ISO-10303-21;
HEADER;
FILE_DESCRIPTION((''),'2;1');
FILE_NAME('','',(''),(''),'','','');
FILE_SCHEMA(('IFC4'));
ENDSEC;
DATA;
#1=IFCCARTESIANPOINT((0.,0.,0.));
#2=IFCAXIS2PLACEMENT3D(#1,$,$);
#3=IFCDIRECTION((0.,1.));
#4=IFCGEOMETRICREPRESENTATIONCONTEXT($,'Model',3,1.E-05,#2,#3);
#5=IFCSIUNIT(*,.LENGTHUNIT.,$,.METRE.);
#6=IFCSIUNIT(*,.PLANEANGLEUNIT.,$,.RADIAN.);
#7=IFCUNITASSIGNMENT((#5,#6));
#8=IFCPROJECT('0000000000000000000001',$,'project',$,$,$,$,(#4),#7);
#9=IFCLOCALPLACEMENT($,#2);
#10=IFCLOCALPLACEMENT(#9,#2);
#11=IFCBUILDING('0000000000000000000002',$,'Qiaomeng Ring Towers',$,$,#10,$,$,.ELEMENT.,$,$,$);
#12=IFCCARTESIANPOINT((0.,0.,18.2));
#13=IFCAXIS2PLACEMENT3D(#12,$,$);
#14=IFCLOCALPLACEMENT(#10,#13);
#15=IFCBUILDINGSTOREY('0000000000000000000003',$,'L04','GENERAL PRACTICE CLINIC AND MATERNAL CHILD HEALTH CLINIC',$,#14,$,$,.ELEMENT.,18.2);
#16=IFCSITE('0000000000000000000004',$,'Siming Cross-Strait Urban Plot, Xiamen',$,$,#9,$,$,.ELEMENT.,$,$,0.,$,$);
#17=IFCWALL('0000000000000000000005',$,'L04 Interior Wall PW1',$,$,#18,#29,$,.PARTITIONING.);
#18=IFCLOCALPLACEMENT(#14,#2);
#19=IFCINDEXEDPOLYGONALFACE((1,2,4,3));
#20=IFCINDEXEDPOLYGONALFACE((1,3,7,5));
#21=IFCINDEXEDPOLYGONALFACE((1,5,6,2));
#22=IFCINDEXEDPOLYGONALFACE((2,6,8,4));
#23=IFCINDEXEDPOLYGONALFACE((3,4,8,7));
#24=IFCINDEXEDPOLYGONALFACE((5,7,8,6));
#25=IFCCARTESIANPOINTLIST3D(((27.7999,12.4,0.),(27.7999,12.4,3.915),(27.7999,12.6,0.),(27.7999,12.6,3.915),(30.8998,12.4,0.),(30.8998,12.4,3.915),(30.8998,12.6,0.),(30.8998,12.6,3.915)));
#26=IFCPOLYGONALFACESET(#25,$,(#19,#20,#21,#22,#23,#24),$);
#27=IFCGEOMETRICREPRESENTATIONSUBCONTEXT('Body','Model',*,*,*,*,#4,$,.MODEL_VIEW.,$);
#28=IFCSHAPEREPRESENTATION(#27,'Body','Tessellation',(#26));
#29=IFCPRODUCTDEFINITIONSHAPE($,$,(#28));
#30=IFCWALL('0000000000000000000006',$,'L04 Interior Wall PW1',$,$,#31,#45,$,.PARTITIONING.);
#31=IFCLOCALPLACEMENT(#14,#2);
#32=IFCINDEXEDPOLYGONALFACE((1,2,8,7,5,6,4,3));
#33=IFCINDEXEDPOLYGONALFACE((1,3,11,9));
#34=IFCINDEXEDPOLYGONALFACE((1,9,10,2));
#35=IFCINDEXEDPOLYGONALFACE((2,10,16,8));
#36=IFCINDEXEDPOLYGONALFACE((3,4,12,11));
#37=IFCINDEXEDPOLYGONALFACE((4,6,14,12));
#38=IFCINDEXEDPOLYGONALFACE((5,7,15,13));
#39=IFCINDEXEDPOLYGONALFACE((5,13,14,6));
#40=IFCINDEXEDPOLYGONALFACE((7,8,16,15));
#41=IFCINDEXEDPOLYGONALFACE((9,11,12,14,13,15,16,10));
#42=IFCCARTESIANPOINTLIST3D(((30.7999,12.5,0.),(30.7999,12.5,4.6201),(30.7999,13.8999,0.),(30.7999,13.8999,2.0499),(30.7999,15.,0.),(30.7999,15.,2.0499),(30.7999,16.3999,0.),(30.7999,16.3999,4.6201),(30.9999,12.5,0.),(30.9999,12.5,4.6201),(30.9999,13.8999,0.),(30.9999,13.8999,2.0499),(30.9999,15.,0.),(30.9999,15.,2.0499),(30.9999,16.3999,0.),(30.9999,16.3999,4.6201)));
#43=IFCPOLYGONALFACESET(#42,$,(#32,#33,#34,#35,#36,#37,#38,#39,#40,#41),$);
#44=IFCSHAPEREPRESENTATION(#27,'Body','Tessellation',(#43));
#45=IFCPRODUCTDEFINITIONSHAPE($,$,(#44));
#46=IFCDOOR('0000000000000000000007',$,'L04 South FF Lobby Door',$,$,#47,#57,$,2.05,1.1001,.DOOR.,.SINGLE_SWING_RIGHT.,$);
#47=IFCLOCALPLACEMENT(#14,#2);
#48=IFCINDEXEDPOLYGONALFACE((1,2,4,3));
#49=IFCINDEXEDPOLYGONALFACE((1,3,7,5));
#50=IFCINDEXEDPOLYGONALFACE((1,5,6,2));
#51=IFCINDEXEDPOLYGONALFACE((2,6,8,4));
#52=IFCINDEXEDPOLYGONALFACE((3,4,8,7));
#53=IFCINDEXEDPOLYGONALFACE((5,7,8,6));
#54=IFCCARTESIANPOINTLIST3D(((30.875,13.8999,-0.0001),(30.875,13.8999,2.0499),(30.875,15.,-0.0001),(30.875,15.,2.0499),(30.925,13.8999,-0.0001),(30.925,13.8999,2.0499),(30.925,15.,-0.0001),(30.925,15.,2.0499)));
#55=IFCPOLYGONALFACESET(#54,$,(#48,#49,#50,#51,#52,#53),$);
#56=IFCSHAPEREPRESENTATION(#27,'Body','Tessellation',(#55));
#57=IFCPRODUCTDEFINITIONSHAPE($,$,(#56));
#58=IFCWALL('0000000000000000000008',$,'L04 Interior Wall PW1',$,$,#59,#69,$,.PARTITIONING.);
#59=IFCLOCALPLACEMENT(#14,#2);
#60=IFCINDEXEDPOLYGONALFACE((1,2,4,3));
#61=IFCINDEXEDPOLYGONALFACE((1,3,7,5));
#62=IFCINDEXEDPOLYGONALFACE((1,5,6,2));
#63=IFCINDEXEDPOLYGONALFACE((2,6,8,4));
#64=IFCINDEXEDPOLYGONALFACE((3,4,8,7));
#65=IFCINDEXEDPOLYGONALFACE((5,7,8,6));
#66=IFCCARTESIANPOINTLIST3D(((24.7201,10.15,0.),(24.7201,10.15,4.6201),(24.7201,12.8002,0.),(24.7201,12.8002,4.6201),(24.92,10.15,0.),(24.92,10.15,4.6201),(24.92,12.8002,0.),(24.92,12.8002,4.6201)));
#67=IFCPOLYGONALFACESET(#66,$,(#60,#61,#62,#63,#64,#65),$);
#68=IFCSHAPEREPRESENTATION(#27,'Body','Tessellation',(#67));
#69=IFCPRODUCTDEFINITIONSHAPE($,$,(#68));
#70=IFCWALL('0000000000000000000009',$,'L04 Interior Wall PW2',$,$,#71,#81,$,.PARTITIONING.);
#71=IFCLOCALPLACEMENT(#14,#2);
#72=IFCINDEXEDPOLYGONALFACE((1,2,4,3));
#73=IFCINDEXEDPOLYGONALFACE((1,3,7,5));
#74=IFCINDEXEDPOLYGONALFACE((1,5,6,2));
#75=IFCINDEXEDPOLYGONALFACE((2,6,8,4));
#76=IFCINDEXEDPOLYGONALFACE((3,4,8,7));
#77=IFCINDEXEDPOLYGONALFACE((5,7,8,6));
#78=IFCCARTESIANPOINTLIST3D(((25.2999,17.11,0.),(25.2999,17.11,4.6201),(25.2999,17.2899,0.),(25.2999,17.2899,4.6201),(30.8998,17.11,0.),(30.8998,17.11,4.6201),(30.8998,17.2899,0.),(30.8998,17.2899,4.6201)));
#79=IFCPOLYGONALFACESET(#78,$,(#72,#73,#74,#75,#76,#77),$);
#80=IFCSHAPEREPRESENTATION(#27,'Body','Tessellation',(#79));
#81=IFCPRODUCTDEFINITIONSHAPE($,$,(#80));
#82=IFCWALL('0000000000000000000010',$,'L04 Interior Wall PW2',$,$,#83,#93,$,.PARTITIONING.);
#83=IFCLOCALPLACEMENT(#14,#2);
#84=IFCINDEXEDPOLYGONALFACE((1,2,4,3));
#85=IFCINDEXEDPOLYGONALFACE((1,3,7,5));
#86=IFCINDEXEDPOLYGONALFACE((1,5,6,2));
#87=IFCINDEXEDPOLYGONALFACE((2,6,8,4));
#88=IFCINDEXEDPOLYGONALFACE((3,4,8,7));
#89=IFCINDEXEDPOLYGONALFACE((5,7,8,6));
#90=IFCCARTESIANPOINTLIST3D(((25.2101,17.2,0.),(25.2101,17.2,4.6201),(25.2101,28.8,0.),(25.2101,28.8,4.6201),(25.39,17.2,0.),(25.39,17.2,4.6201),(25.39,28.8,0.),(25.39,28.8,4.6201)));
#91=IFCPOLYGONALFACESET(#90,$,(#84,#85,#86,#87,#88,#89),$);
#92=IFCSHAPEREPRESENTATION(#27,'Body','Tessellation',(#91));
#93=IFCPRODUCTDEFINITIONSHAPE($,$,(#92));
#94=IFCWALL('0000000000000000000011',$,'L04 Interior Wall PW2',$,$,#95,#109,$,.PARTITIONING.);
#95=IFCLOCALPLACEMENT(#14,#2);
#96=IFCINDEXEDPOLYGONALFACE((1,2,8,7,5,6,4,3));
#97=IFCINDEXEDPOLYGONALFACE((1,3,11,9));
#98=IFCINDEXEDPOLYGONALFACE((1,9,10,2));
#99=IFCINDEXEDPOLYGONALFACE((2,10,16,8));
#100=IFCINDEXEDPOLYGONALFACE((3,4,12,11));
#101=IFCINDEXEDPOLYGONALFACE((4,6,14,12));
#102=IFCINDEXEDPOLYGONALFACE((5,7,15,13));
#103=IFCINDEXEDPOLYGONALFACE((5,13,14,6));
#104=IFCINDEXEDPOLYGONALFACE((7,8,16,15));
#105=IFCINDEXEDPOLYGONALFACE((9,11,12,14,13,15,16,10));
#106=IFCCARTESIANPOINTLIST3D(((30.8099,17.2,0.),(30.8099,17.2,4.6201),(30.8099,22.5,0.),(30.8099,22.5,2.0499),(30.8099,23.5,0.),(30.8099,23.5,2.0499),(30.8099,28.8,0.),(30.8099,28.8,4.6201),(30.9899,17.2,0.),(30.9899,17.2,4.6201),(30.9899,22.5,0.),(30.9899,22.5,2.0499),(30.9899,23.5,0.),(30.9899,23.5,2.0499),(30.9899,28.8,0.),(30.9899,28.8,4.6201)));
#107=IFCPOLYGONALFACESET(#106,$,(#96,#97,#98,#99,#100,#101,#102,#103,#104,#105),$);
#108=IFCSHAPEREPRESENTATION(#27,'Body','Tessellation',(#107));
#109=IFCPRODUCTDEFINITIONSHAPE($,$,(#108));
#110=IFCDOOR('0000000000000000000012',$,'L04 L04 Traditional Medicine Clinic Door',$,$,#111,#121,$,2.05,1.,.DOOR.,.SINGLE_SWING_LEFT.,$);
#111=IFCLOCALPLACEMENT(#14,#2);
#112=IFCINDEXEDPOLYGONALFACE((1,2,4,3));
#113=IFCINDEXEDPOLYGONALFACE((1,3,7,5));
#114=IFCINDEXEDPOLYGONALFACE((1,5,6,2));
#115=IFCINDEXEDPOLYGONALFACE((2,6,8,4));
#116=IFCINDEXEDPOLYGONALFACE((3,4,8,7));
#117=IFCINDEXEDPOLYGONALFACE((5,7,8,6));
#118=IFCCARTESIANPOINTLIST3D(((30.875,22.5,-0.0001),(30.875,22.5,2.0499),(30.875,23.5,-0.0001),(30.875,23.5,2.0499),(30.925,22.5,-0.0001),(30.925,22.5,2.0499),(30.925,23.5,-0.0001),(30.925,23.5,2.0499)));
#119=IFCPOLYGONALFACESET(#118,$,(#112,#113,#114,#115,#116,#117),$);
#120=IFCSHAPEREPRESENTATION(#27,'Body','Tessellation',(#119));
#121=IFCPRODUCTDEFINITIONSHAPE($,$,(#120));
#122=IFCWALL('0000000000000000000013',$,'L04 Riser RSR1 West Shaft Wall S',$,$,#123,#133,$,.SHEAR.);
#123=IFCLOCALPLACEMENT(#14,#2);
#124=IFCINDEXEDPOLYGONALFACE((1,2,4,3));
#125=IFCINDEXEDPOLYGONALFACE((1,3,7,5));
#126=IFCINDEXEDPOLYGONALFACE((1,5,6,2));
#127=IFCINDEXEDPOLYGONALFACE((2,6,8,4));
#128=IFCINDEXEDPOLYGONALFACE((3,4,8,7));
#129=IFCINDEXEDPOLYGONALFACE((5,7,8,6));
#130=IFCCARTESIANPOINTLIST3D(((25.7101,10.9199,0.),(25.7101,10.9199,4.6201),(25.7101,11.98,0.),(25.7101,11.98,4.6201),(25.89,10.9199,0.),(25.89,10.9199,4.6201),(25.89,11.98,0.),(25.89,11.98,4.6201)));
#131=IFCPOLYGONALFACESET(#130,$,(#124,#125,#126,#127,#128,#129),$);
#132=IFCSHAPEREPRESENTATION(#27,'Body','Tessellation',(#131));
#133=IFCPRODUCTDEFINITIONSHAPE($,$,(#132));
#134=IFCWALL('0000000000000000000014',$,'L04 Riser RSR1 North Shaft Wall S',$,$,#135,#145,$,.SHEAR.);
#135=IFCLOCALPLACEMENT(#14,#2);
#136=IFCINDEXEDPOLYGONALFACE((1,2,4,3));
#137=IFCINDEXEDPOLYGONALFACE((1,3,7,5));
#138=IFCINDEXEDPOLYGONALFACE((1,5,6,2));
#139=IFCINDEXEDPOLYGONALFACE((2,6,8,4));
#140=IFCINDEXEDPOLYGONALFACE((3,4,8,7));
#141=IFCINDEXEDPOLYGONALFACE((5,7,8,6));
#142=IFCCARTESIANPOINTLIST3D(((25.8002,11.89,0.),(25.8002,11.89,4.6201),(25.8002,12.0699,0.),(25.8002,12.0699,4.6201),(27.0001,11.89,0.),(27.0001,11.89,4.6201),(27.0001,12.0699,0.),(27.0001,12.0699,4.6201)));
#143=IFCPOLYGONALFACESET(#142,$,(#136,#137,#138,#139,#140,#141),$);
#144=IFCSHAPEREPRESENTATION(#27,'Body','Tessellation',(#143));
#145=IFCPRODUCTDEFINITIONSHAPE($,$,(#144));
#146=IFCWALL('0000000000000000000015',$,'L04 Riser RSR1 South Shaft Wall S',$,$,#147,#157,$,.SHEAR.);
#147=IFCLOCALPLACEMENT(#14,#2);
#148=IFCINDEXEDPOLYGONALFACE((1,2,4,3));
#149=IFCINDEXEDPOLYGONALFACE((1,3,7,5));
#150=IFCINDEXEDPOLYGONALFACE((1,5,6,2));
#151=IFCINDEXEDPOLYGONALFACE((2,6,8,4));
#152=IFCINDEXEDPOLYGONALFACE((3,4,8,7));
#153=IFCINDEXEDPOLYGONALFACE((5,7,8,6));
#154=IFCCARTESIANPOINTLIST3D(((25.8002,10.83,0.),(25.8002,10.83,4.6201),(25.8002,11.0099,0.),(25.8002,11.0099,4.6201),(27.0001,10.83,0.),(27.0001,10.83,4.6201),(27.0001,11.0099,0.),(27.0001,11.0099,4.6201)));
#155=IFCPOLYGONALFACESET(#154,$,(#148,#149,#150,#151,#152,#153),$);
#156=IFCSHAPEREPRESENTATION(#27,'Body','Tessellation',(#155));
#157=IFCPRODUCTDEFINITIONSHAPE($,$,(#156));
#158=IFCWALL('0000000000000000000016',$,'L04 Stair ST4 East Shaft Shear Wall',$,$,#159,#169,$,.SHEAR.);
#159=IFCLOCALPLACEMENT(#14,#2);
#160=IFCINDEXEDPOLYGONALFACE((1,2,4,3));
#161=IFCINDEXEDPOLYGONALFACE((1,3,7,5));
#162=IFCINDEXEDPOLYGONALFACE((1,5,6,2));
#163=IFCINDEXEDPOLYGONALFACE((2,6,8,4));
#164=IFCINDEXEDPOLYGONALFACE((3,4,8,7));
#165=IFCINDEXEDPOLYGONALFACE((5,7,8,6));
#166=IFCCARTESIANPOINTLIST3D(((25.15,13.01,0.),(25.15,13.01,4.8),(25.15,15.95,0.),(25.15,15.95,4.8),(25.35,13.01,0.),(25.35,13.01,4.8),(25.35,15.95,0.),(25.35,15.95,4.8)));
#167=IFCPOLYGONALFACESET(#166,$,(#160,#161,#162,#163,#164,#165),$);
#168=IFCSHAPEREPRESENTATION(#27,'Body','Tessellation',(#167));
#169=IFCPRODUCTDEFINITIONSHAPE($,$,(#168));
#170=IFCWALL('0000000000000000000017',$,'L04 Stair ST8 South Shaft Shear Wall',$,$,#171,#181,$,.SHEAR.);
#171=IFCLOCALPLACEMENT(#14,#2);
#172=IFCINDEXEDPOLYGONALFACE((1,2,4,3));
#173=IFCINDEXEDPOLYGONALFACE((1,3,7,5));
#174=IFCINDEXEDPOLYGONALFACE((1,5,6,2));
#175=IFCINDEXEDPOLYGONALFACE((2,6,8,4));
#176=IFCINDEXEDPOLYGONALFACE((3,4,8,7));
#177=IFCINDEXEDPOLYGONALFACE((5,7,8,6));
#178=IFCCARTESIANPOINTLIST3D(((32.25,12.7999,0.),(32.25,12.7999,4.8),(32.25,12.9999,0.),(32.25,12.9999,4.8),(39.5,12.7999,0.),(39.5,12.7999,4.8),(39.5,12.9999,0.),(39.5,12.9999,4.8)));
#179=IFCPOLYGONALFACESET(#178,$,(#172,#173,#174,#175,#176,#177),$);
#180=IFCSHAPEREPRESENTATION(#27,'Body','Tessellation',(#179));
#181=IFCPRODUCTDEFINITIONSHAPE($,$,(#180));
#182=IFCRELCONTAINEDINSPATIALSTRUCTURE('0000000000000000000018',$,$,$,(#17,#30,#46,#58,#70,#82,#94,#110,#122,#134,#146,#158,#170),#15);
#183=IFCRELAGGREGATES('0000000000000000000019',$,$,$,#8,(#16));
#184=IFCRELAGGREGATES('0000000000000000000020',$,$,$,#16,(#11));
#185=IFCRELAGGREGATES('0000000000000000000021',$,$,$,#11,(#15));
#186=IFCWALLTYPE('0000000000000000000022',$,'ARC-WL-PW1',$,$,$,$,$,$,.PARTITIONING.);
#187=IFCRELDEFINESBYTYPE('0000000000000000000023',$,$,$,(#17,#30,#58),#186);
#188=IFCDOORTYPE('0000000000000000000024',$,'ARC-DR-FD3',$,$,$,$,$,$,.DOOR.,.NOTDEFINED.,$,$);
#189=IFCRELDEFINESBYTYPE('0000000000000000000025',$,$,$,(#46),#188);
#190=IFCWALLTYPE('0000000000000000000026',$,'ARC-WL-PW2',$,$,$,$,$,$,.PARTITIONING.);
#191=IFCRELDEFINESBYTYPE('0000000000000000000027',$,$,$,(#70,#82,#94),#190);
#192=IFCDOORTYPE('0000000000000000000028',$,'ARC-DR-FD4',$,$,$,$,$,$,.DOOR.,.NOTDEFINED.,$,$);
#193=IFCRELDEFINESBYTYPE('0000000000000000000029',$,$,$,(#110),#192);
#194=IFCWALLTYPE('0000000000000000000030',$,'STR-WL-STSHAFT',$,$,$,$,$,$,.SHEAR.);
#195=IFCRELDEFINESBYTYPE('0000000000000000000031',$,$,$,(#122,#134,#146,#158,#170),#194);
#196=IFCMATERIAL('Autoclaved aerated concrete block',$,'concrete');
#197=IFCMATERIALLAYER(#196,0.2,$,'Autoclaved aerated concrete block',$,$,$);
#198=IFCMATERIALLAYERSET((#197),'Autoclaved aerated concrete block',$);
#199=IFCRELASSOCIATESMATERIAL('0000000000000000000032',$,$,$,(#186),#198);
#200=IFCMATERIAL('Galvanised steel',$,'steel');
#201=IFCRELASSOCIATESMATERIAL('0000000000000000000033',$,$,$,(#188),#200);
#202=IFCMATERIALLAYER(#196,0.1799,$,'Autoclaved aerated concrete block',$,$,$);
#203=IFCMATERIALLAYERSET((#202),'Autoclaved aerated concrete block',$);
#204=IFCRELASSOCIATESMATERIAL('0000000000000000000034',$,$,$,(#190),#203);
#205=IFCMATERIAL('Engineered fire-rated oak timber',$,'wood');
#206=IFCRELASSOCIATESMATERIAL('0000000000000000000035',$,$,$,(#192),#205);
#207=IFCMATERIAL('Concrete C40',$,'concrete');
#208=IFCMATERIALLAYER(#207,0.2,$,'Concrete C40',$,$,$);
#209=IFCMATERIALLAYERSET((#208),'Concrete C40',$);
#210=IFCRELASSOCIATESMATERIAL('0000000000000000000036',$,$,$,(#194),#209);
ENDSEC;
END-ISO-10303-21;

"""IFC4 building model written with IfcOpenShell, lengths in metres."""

from ifc_helpers import new_model, si_unit, direction, frame, frame_2d, origin, place, context, subcontext, project, spatial, rectangle, extrude, source, transform, mapped, material, layer, layer_set, type_object, element, fill, save


model = new_model("IFC4")

# Units and contexts
model_context = context("Model", 3, precision=1e-05, world=origin(), true_north=direction((0.0, 1.0)))
body_context = subcontext(model_context, "Body", "Model", "MODEL_VIEW")
ifc_project = project(units=[si_unit("LENGTHUNIT", "METRE"), si_unit("PLANEANGLEUNIT", "RADIAN")], contexts=[model_context])

# Site, building, storey
site_placement = place(None, origin())
site = spatial("IfcSite", under=ifc_project, at=site_placement, Name="Siming Cross-Strait Urban Plot, Xiamen", CompositionType="ELEMENT", RefElevation=0.0)
building_placement = place(site_placement, origin())
building = spatial("IfcBuilding", under=site, at=building_placement, Name="Qiaomeng Ring Towers", CompositionType="ELEMENT")
storey_placement = place(building_placement, frame((0.0, 0.0, 18.2)))
storey = spatial("IfcBuildingStorey", under=building, at=storey_placement, Name="L04", Description="GENERAL PRACTICE CLINIC AND MATERNAL CHILD HEALTH CLINIC", CompositionType="ELEMENT", Elevation=18.2)

# Shared definitions
ifc_material_1 = material(Name="Concrete C40", Category="concrete")

# Wall
ifc_material_2 = material(Name="Autoclaved aerated concrete block", Category="concrete")
ifc_layer_1 = layer(ifc_material_2, 0.2, Name="Autoclaved aerated concrete block")
ifc_layer_set_1 = layer_set([ifc_layer_1], Name="Autoclaved aerated concrete block")
wall_type_1 = type_object("IfcWallType", Name="ARC-WL-PW1", PredefinedType="PARTITIONING", material=ifc_layer_set_1)
for number, where, z_axis, x_axis, name in (
    (1, (27.8, 12.5, 0.0), (0.0, 0.0, 1.0), (1.0, 0.0, 0.0), "L04 Interior Wall PW1"),
):
    element("IfcWall", number, at=place(storey_placement, frame(where, z_axis=z_axis, x_axis=x_axis)), inside=storey, type_object=wall_type_1, Name=name, PredefinedType="PARTITIONING", context=body_context, shape_type="SweptSolid", body=[
        extrude(rectangle(XDim=3.0999, YDim=0.2, at=frame_2d((1.5498, 0.0))), origin(), (0.0, 0.0, 1.0), 3.915),
    ])

# Wall, opening, door
wall_1_placement = place(storey_placement, frame((30.8999, 12.5, 0.0), z_axis=(0.0, 0.0, 1.0), x_axis=(0.0, 1.0, 0.0)))
wall_1 = element("IfcWall", 2, at=wall_1_placement, inside=storey, type_object=wall_type_1, Name="L04 Interior Wall PW1", PredefinedType="PARTITIONING", context=body_context, shape_type="SweptSolid", body=[
    extrude(rectangle(XDim=3.8999, YDim=0.2, at=frame_2d((1.95, 0.0))), origin(), (0.0, 0.0, 1.0), 4.6201),
])
opening_1_placement = place(wall_1_placement, frame((1.3999, 0.0, 0.0)))
opening_1 = element("IfcOpeningElement", 3, at=opening_1_placement, cuts=wall_1, PredefinedType="OPENING", context=body_context, shape_type="SweptSolid", body=[
    extrude(rectangle(XDim=1.1001, YDim=2.05, at=frame_2d((0.55, 1.0249))), frame((0.0, 0.1099, 0.0), z_axis=(0.0, -1.0, 0.0), x_axis=(1.0, 0.0, 0.0)), (0.0, 0.0, 1.0), 0.22),
])
ifc_material_3 = material(Name="Galvanised steel", Category="steel")
door_type_1 = type_object("IfcDoorType", Name="ARC-DR-FD3", OperationType="NOTDEFINED", PredefinedType="DOOR", material=ifc_material_3)
shared_shape_1 = source(origin(), body_context, "Body", "SweptSolid", [
    extrude(rectangle(XDim=1.1001, YDim=2.05, at=frame_2d((0.55, 1.0249))), frame((0.0, 0.0249, 0.0), z_axis=(0.0, -1.0, 0.0), x_axis=(1.0, 0.0, 0.0)), (0.0, 0.0, 1.0), 0.05),
])
door_1_placement = place(opening_1_placement, origin())
door_1 = element("IfcDoor", 4, at=door_1_placement, inside=storey, type_object=door_type_1, Name="L04 South FF Lobby Door", OperationType="SINGLE_SWING_RIGHT", OverallHeight=2.05, OverallWidth=1.1001, PredefinedType="DOOR", context=body_context, shape_type="MappedRepresentation", body=[
    mapped(shared_shape_1, transform((0.0, 0.0, 0.0), x_axis=(1.0, 0.0, 0.0), y_axis=(0.0, 1.0, 0.0), z_axis=(0.0, 0.0, 1.0), scale=1.0)),
])
fill(opening_1, door_1)

# Walls
wall_2_placement = place(storey_placement, frame((24.8201, 10.1499, 0.0), z_axis=(0.0, 0.0, 1.0), x_axis=(0.0, 1.0, 0.0)))
element("IfcWall", 5, at=wall_2_placement, inside=storey, type_object=wall_type_1, Name="L04 Interior Wall PW1", PredefinedType="PARTITIONING", context=body_context, shape_type="SweptSolid", body=[
    extrude(rectangle(XDim=2.6501, YDim=0.2, at=frame_2d((1.3252, 0.0))), origin(), (0.0, 0.0, 1.0), 4.6201),
])
ifc_layer_2 = layer(ifc_material_2, 0.1799, Name="Autoclaved aerated concrete block")
ifc_layer_set_2 = layer_set([ifc_layer_2], Name="Autoclaved aerated concrete block")
wall_type_2 = type_object("IfcWallType", Name="ARC-WL-PW2", PredefinedType="PARTITIONING", material=ifc_layer_set_2)
wall_3_placement = place(storey_placement, frame((25.3, 17.2, 0.0), z_axis=(0.0, 0.0, 1.0), x_axis=(1.0, 0.0, 0.0)))
element("IfcWall", 6, at=wall_3_placement, inside=storey, type_object=wall_type_2, Name="L04 Interior Wall PW2", PredefinedType="PARTITIONING", context=body_context, shape_type="SweptSolid", body=[
    extrude(rectangle(XDim=5.5999, YDim=0.1799, at=frame_2d((2.7998, 0.0))), origin(), (0.0, 0.0, 1.0), 4.6201),
])
wall_4_placement = place(storey_placement, frame((25.3, 17.2, 0.0), z_axis=(0.0, 0.0, 1.0), x_axis=(0.0, 1.0, 0.0)))
element("IfcWall", 7, at=wall_4_placement, inside=storey, type_object=wall_type_2, Name="L04 Interior Wall PW2", PredefinedType="PARTITIONING", context=body_context, shape_type="SweptSolid", body=[
    extrude(rectangle(XDim=11.6001, YDim=0.1799, at=frame_2d((5.8, 0.0))), origin(), (0.0, 0.0, 1.0), 4.6201),
])

# Wall, opening, door
wall_5_placement = place(storey_placement, frame((30.8999, 17.2, 0.0), z_axis=(0.0, 0.0, 1.0), x_axis=(0.0, 1.0, 0.0)))
wall_5 = element("IfcWall", 8, at=wall_5_placement, inside=storey, type_object=wall_type_2, Name="L04 Interior Wall PW2", PredefinedType="PARTITIONING", context=body_context, shape_type="SweptSolid", body=[
    extrude(rectangle(XDim=11.6001, YDim=0.1799, at=frame_2d((5.8, 0.0))), origin(), (0.0, 0.0, 1.0), 4.6201),
])
opening_2_placement = place(wall_5_placement, frame((5.3, 0.0, 0.0)))
opening_2 = element("IfcOpeningElement", 9, at=opening_2_placement, cuts=wall_5, PredefinedType="OPENING", context=body_context, shape_type="SweptSolid", body=[
    extrude(rectangle(XDim=1.0, YDim=2.05, at=frame_2d((0.5, 1.0249))), frame((0.0, 0.0999, 0.0), z_axis=(0.0, -1.0, 0.0), x_axis=(1.0, 0.0, 0.0)), (0.0, 0.0, 1.0), 0.2),
])
ifc_material_4 = material(Name="Engineered fire-rated oak timber", Category="wood")
door_type_2 = type_object("IfcDoorType", Name="ARC-DR-FD4", OperationType="NOTDEFINED", PredefinedType="DOOR", material=ifc_material_4)
shared_shape_2 = source(origin(), body_context, "Body", "SweptSolid", [
    extrude(rectangle(XDim=1.0, YDim=2.05, at=frame_2d((0.5, 1.0249))), frame((0.0, 0.0249, 0.0), z_axis=(0.0, -1.0, 0.0), x_axis=(1.0, 0.0, 0.0)), (0.0, 0.0, 1.0), 0.05),
])
door_2_placement = place(opening_2_placement, origin())
door_2 = element("IfcDoor", 10, at=door_2_placement, inside=storey, type_object=door_type_2, Name="L04 L04 Traditional Medicine Clinic Door", OperationType="SINGLE_SWING_LEFT", OverallHeight=2.05, OverallWidth=1.0, PredefinedType="DOOR", context=body_context, shape_type="MappedRepresentation", body=[
    mapped(shared_shape_2, transform((0.0, 0.0, 0.0), x_axis=(1.0, 0.0, 0.0), y_axis=(0.0, 1.0, 0.0), z_axis=(0.0, 0.0, 1.0), scale=1.0)),
])
fill(opening_2, door_2)

# Walls
ifc_layer_3 = layer(ifc_material_1, 0.2, Name="Concrete C40")
ifc_layer_set_3 = layer_set([ifc_layer_3], Name="Concrete C40")
wall_type_3 = type_object("IfcWallType", Name="STR-WL-STSHAFT", PredefinedType="SHEAR", material=ifc_layer_set_3)
wall_6_placement = place(storey_placement, frame((25.8, 10.9199, 0.0), z_axis=(0.0, 0.0, 1.0), x_axis=(0.0, 1.0, 0.0)))
element("IfcWall", 11, at=wall_6_placement, inside=storey, type_object=wall_type_3, Name="L04 Riser RSR1 West Shaft Wall S", PredefinedType="SHEAR", context=body_context, shape_type="SweptSolid", body=[
    extrude(rectangle(XDim=1.0601, YDim=0.1799, at=frame_2d((0.53, 0.0))), origin(), (0.0, 0.0, 1.0), 4.6201),
])
for number, where, z_axis, x_axis, name in (
    (12, (25.8, 11.98, 0.0), (0.0, 0.0, 1.0), (1.0, 0.0, 0.0), "L04 Riser RSR1 North Shaft Wall S"),
    (13, (25.8, 10.9199, 0.0), (0.0, 0.0, 1.0), (1.0, 0.0, 0.0), "L04 Riser RSR1 South Shaft Wall S"),
):
    element("IfcWall", number, at=place(storey_placement, frame(where, z_axis=z_axis, x_axis=x_axis)), inside=storey, type_object=wall_type_3, Name=name, PredefinedType="SHEAR", context=body_context, shape_type="SweptSolid", body=[
        extrude(rectangle(XDim=1.2, YDim=0.1799, at=frame_2d((0.6001, 0.0))), origin(), (0.0, 0.0, 1.0), 4.6201),
    ])
wall_7_placement = place(storey_placement, frame((25.25, 13.01, 0.0), z_axis=(0.0, 0.0, 1.0), x_axis=(0.0, 1.0, 0.0)))
element("IfcWall", 14, at=wall_7_placement, inside=storey, type_object=wall_type_3, Name="L04 Stair ST4 East Shaft Shear Wall", PredefinedType="SHEAR", context=body_context, shape_type="SweptSolid", body=[
    extrude(rectangle(XDim=2.9399, YDim=0.2, at=frame_2d((1.47, 0.0))), origin(), (0.0, 0.0, 1.0), 4.8),
])
for number, where, z_axis, x_axis, name in (
    (15, (32.25, 12.8999, 0.0), (0.0, 0.0, 1.0), (1.0, 0.0, 0.0), "L04 Stair ST8 South Shaft Shear Wall"),
):
    element("IfcWall", number, at=place(storey_placement, frame(where, z_axis=z_axis, x_axis=x_axis)), inside=storey, type_object=wall_type_3, Name=name, PredefinedType="SHEAR", context=body_context, shape_type="SweptSolid", body=[
        extrude(rectangle(XDim=7.25, YDim=0.2, at=frame_2d((3.625, 0.0))), origin(), (0.0, 0.0, 1.0), 4.8),
    ])

save(model, "model.ifc")
